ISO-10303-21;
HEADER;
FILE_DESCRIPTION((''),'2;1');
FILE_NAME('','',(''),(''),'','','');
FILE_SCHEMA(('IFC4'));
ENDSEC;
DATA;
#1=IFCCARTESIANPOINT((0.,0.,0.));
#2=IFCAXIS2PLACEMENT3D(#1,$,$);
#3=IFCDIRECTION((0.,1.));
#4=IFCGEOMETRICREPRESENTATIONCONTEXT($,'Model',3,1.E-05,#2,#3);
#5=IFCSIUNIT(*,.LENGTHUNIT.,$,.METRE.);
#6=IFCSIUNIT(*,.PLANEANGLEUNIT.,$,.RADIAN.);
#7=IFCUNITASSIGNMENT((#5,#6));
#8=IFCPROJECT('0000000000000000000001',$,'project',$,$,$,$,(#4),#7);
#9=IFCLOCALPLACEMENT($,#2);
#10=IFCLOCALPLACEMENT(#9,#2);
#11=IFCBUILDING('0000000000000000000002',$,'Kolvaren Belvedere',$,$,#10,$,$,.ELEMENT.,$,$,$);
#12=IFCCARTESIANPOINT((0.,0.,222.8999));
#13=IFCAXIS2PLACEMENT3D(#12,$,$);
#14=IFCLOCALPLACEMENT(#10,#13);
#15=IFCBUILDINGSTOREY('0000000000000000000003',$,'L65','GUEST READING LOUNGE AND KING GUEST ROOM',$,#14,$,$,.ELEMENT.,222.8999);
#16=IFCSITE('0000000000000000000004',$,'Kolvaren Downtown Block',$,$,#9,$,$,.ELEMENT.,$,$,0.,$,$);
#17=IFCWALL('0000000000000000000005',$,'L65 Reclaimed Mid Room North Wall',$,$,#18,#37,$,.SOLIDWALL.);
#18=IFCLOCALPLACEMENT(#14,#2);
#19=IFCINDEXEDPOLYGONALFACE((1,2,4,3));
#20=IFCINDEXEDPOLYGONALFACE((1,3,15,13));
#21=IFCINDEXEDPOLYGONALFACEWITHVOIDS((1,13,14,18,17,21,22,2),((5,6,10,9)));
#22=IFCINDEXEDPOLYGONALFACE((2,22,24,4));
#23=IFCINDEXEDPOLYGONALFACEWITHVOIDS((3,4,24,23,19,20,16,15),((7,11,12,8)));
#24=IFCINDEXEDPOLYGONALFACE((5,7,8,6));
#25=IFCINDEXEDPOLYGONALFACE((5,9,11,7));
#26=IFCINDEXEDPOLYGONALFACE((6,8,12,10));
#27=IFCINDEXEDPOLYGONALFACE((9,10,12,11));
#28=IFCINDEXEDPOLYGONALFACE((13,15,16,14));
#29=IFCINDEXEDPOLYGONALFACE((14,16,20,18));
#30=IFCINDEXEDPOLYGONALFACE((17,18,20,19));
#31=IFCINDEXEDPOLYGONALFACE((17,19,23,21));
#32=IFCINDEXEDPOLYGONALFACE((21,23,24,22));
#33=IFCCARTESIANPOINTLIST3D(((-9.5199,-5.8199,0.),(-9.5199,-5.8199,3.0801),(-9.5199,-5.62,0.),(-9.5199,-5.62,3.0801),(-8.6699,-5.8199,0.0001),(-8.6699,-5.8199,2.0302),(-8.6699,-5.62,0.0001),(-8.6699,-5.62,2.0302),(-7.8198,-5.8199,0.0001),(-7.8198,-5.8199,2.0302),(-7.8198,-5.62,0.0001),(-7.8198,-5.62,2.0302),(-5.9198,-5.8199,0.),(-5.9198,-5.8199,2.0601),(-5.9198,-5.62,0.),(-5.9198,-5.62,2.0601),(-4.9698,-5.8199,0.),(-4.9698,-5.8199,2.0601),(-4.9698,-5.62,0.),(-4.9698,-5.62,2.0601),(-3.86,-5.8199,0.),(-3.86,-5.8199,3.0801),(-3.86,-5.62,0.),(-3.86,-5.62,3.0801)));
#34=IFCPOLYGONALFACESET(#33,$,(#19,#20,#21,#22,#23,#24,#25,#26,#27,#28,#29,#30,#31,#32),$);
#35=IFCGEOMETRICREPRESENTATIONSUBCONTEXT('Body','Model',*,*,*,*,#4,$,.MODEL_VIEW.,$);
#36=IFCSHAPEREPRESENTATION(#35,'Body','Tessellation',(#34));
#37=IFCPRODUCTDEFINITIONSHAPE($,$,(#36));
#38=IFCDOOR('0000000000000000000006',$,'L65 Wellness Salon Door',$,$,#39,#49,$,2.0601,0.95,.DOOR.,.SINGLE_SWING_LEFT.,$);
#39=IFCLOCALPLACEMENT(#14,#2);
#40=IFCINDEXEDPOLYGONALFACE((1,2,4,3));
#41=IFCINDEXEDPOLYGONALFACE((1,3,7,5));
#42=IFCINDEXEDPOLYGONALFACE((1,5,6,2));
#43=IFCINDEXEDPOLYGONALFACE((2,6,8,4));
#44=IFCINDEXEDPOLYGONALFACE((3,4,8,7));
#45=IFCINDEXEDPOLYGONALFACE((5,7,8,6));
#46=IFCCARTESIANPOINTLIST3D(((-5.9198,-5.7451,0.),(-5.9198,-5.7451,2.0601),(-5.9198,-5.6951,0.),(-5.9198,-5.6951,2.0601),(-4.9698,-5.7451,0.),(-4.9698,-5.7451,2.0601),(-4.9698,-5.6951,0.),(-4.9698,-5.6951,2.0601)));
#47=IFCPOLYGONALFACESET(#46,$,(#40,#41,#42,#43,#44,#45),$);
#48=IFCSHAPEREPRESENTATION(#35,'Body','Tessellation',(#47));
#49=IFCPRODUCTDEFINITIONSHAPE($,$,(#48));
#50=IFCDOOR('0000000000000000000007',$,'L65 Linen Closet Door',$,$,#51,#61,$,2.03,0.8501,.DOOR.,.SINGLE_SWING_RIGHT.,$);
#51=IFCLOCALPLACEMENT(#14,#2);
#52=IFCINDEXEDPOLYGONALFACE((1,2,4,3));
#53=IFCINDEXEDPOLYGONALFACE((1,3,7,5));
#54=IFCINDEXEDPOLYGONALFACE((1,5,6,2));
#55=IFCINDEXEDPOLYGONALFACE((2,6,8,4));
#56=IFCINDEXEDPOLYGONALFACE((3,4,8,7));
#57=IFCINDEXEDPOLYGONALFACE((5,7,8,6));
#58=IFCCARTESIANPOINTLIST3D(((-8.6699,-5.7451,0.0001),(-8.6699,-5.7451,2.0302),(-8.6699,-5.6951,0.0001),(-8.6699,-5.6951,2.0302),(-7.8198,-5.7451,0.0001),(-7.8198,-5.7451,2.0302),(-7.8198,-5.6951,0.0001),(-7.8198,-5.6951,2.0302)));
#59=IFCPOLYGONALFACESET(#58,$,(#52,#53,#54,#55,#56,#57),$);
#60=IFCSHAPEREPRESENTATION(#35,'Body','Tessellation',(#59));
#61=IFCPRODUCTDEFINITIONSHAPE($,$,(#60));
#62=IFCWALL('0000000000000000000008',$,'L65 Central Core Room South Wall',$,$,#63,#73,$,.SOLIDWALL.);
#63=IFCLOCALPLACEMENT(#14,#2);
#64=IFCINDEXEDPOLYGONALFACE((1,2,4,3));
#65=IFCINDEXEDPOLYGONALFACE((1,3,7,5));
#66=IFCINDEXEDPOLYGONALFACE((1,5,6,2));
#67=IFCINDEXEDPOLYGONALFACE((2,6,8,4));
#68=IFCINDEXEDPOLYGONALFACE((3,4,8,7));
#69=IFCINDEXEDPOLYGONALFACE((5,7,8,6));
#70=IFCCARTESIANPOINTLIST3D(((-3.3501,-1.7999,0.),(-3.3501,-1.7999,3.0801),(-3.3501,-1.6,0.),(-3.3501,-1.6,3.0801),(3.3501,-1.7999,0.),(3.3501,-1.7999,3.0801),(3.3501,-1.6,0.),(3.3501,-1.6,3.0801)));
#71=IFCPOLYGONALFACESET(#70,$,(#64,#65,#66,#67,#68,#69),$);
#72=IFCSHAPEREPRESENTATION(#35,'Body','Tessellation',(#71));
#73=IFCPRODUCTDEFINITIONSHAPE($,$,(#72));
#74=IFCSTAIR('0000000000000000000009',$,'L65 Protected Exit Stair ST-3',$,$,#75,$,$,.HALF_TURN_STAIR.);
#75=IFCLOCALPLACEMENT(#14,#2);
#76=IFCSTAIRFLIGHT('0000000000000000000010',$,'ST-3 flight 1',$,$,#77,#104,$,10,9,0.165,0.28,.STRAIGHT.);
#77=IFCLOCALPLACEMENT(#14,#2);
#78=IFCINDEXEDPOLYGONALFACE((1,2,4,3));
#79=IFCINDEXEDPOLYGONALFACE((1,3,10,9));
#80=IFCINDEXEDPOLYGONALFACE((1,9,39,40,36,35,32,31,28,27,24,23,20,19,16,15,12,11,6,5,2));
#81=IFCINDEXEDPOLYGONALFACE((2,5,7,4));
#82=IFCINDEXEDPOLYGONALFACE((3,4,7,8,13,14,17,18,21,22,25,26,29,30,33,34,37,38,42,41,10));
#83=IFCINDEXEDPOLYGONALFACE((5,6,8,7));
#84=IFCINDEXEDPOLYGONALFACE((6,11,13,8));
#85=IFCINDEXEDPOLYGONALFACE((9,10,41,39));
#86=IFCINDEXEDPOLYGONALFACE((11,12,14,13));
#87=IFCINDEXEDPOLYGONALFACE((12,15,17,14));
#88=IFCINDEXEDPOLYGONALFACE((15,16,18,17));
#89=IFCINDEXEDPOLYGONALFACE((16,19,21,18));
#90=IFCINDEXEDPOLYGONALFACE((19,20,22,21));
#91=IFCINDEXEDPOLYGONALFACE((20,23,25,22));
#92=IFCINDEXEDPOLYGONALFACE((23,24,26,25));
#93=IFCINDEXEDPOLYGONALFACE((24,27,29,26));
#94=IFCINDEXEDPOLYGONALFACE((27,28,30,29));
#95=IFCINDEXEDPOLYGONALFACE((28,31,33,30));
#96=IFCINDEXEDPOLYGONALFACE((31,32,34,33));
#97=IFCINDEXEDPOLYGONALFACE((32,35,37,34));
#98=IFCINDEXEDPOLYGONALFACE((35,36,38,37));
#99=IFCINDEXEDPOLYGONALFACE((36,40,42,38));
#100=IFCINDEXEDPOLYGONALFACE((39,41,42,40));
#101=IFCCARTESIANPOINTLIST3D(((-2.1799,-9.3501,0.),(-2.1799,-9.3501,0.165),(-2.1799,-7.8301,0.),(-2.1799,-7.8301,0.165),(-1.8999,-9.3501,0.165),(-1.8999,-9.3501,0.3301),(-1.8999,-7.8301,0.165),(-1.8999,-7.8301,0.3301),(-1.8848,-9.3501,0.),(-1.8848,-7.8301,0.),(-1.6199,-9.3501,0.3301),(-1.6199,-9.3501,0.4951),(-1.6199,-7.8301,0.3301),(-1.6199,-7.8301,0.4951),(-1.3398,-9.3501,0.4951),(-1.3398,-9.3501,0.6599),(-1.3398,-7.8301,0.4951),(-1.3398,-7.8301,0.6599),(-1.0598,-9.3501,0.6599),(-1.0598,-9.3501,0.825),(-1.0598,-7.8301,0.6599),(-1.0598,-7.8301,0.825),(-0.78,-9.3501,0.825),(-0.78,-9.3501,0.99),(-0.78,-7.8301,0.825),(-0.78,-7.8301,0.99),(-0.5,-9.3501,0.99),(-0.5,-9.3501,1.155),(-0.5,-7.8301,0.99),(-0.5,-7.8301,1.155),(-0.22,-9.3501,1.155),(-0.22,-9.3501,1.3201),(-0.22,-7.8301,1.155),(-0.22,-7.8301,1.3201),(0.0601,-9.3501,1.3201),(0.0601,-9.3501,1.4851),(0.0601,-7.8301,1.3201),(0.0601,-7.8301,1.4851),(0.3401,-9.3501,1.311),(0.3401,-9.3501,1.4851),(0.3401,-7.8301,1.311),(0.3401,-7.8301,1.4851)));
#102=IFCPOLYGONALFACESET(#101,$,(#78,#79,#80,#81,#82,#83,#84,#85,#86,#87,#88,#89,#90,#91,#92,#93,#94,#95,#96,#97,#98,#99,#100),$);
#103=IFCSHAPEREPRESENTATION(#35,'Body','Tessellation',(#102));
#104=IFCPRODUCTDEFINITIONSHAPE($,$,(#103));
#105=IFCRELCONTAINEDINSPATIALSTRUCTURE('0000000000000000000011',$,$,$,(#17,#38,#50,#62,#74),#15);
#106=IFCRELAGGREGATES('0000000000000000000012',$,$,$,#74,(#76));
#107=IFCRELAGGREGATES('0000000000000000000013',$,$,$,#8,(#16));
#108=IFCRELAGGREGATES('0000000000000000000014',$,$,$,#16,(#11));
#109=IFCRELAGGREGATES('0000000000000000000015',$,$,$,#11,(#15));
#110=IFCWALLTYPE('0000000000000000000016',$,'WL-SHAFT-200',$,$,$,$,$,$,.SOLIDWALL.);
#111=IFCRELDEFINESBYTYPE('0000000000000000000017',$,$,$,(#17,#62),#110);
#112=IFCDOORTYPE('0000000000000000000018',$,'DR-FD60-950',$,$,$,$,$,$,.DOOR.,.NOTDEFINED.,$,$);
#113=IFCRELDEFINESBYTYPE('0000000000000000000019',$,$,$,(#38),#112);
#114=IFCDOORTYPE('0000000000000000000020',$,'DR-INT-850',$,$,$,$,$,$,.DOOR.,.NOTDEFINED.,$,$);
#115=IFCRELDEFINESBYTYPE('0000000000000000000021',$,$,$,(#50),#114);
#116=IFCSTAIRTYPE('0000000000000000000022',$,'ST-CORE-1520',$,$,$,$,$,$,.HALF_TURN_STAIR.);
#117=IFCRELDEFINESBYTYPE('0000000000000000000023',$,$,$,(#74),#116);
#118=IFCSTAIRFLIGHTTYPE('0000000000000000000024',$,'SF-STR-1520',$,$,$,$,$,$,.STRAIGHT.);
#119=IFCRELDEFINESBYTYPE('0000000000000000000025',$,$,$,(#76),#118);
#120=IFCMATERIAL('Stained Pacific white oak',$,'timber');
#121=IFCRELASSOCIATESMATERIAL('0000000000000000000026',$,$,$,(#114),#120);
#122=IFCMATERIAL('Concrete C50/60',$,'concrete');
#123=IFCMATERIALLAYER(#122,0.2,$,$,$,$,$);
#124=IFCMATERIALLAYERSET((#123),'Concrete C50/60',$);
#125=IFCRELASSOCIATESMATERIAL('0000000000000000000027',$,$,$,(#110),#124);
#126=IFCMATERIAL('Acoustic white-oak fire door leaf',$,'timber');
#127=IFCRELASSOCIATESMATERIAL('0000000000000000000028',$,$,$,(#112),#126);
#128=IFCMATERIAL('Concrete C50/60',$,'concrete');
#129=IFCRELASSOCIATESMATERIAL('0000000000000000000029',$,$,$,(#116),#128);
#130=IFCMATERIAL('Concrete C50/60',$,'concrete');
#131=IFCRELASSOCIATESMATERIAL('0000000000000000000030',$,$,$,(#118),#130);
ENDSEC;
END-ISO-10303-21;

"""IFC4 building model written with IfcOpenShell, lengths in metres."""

from ifc_helpers import new_model, si_unit, direction, frame, frame_2d, origin, place, context, subcontext, project, spatial, polyline, rectangle, outline, extrude, material, layer, layer_set, type_object, element, fill, aggregate, save


model = new_model("IFC4")

# Units and contexts
model_context = context("Model", 3, precision=1e-05, world=origin(), true_north=direction((0.0, 1.0)))
body_context = subcontext(model_context, "Body", "Model", "MODEL_VIEW")
ifc_project = project(units=[si_unit("LENGTHUNIT", "METRE"), si_unit("PLANEANGLEUNIT", "RADIAN")], contexts=[model_context])

# Site, building, storey
site_placement = place(None, origin())
site = spatial("IfcSite", under=ifc_project, at=site_placement, Name="Kolvaren Downtown Block", CompositionType="ELEMENT", RefElevation=0.0)
building_placement = place(site_placement, origin())
building = spatial("IfcBuilding", under=site, at=building_placement, Name="Kolvaren Belvedere", CompositionType="ELEMENT")
storey_placement = place(building_placement, frame((0.0, 0.0, 222.8999)))
storey = spatial("IfcBuildingStorey", under=building, at=storey_placement, Name="L65", Description="GUEST READING LOUNGE AND KING GUEST ROOM", CompositionType="ELEMENT", Elevation=222.8999)

# Shared definitions
ifc_material_1 = material(Name="Stained Pacific white oak", Category="timber")
door_type_1 = type_object("IfcDoorType", Name="DR-INT-850", OperationType="NOTDEFINED", PredefinedType="DOOR", material=ifc_material_1)

# Shared definitions
ifc_material_2 = material(Name="Concrete C50/60", Category="concrete")
ifc_layer_1 = layer(ifc_material_2, 0.2)
ifc_layer_set_1 = layer_set([ifc_layer_1], Name="Concrete C50/60")
wall_type_1 = type_object("IfcWallType", Name="WL-SHAFT-200", PredefinedType="SOLIDWALL", material=ifc_layer_set_1)
ifc_material_3 = material(Name="Acoustic white-oak fire door leaf", Category="timber")
door_type_2 = type_object("IfcDoorType", Name="DR-FD60-950", OperationType="NOTDEFINED", PredefinedType="DOOR", material=ifc_material_3)

# Wall, openings, doors
wall_1_placement = place(storey_placement, frame((-9.52, -5.72, 0.0), z_axis=(0.0, 0.0, 1.0), x_axis=(1.0, 0.0, 0.0)))
wall_1 = element("IfcWall", 1, at=wall_1_placement, inside=storey, type_object=wall_type_1, Name="L65 Reclaimed Mid Room North Wall", PredefinedType="SOLIDWALL", context=body_context, shape_type="SweptSolid", body=[
    extrude(rectangle(XDim=5.6599, YDim=0.2, at=frame_2d((2.8301, 0.0))), origin(), (0.0, 0.0, 1.0), 3.0801),
])
opening_1_placement = place(wall_1_placement, frame((3.6001, 0.0, 0.0)))
opening_1 = element("IfcOpeningElement", 2, at=opening_1_placement, cuts=wall_1, PredefinedType="OPENING", context=body_context, shape_type="SweptSolid", body=[
    extrude(rectangle(XDim=0.95, YDim=2.0601, at=frame_2d((0.4751, 1.03))), frame((0.0, 0.1099, 0.0), z_axis=(0.0, -1.0, 0.0), x_axis=(1.0, 0.0, 0.0)), (0.0, 0.0, 1.0), 0.22),
])
opening_2_placement = place(wall_1_placement, frame((0.8501, 0.0, 0.0)))
opening_2 = element("IfcOpeningElement", 3, at=opening_2_placement, cuts=wall_1, PredefinedType="OPENING", context=body_context, shape_type="SweptSolid", body=[
    extrude(rectangle(XDim=0.8501, YDim=2.03, at=frame_2d((0.425, 1.0151))), frame((0.0, 0.1099, 0.0), z_axis=(0.0, -1.0, 0.0), x_axis=(1.0, 0.0, 0.0)), (0.0, 0.0, 1.0), 0.22),
])
door_1_placement = place(opening_1_placement, origin())
door_1 = element("IfcDoor", 4, at=door_1_placement, inside=storey, type_object=door_type_2, Name="L65 Wellness Salon Door", OperationType="SINGLE_SWING_LEFT", OverallHeight=2.0601, OverallWidth=0.95, PredefinedType="DOOR", context=body_context, shape_type="SweptSolid", body=[
    extrude(rectangle(XDim=0.95, YDim=2.0601, at=frame_2d((0.4751, 1.03))), frame((0.0, 0.0249, 0.0), z_axis=(0.0, -1.0, 0.0), x_axis=(1.0, 0.0, 0.0)), (0.0, 0.0, 1.0), 0.05),
])
fill(opening_1, door_1)
door_2_placement = place(opening_2_placement, origin())
door_2 = element("IfcDoor", 5, at=door_2_placement, inside=storey, type_object=door_type_1, Name="L65 Linen Closet Door", OperationType="SINGLE_SWING_RIGHT", OverallHeight=2.03, OverallWidth=0.8501, PredefinedType="DOOR", context=body_context, shape_type="SweptSolid", body=[
    extrude(rectangle(XDim=0.8501, YDim=2.03, at=frame_2d((0.425, 1.0151))), frame((0.0, 0.0249, 0.0), z_axis=(0.0, -1.0, 0.0), x_axis=(1.0, 0.0, 0.0)), (0.0, 0.0, 1.0), 0.05),
])
fill(opening_2, door_2)

# Wall
wall_2_placement = place(storey_placement, frame((-3.3501, -1.7, 0.0), z_axis=(0.0, 0.0, 1.0), x_axis=(1.0, 0.0, 0.0)))
element("IfcWall", 6, at=wall_2_placement, inside=storey, type_object=wall_type_1, Name="L65 Central Core Room South Wall", PredefinedType="SOLIDWALL", context=body_context, shape_type="SweptSolid", body=[
    extrude(rectangle(XDim=6.7002, YDim=0.2, at=frame_2d((3.3501, 0.0))), origin(), (0.0, 0.0, 1.0), 3.0801),
])

# Stair, stair flight
ifc_material_4 = material(Name="Concrete C50/60", Category="concrete")
stair_type = type_object("IfcStairType", Name="ST-CORE-1520", PredefinedType="HALF_TURN_STAIR", material=ifc_material_4)
stair_placement = place(storey_placement, origin())
stair = element("IfcStair", 7, at=stair_placement, inside=storey, type_object=stair_type, Name="L65 Protected Exit Stair ST-3", PredefinedType="HALF_TURN_STAIR")
ifc_material_5 = material(Name="Concrete C50/60", Category="concrete")
stair_flight_type = type_object("IfcStairFlightType", Name="SF-STR-1520", PredefinedType="STRAIGHT", material=ifc_material_5)
stair_flight_placement = place(storey_placement, frame((-2.1799, -8.5901, 0.0), z_axis=(0.0, 0.0, 1.0), x_axis=(1.0, 0.0, 0.0)))
stair_flight = element("IfcStairFlight", 8, at=stair_flight_placement, type_object=stair_flight_type, Name="ST-3 flight 1", NumberOfRisers=10, NumberOfTreads=9, PredefinedType="STRAIGHT", RiserHeight=0.165, TreadLength=0.28, context=body_context, shape_type="SweptSolid", body=[
    extrude(outline(polyline([(0.0, 0.0), (0.0, 0.165), (0.28, 0.165), (0.28, 0.3301), (0.5601, 0.3301), (0.5601, 0.4951), (0.8401, 0.4951), (0.8401, 0.6599), (1.1201, 0.6599), (1.1201, 0.825), (1.3999, 0.825), (1.3999, 0.99), (1.6799, 0.99), (1.6799, 1.155), (1.96, 1.155), (1.96, 1.3201), (2.24, 1.3201), (2.24, 1.4851), (2.52, 1.4851), (2.52, 1.6499), (2.52, 1.311), (0.2952, 0.0), (0.0, 0.0)])), frame((0.0, 0.76, 0.0), z_axis=(0.0, -1.0, 0.0), x_axis=(1.0, 0.0, 0.0)), (0.0, 0.0, 1.0), 1.52),
])
aggregate(stair, [stair_flight])

save(model, "model.ifc")
